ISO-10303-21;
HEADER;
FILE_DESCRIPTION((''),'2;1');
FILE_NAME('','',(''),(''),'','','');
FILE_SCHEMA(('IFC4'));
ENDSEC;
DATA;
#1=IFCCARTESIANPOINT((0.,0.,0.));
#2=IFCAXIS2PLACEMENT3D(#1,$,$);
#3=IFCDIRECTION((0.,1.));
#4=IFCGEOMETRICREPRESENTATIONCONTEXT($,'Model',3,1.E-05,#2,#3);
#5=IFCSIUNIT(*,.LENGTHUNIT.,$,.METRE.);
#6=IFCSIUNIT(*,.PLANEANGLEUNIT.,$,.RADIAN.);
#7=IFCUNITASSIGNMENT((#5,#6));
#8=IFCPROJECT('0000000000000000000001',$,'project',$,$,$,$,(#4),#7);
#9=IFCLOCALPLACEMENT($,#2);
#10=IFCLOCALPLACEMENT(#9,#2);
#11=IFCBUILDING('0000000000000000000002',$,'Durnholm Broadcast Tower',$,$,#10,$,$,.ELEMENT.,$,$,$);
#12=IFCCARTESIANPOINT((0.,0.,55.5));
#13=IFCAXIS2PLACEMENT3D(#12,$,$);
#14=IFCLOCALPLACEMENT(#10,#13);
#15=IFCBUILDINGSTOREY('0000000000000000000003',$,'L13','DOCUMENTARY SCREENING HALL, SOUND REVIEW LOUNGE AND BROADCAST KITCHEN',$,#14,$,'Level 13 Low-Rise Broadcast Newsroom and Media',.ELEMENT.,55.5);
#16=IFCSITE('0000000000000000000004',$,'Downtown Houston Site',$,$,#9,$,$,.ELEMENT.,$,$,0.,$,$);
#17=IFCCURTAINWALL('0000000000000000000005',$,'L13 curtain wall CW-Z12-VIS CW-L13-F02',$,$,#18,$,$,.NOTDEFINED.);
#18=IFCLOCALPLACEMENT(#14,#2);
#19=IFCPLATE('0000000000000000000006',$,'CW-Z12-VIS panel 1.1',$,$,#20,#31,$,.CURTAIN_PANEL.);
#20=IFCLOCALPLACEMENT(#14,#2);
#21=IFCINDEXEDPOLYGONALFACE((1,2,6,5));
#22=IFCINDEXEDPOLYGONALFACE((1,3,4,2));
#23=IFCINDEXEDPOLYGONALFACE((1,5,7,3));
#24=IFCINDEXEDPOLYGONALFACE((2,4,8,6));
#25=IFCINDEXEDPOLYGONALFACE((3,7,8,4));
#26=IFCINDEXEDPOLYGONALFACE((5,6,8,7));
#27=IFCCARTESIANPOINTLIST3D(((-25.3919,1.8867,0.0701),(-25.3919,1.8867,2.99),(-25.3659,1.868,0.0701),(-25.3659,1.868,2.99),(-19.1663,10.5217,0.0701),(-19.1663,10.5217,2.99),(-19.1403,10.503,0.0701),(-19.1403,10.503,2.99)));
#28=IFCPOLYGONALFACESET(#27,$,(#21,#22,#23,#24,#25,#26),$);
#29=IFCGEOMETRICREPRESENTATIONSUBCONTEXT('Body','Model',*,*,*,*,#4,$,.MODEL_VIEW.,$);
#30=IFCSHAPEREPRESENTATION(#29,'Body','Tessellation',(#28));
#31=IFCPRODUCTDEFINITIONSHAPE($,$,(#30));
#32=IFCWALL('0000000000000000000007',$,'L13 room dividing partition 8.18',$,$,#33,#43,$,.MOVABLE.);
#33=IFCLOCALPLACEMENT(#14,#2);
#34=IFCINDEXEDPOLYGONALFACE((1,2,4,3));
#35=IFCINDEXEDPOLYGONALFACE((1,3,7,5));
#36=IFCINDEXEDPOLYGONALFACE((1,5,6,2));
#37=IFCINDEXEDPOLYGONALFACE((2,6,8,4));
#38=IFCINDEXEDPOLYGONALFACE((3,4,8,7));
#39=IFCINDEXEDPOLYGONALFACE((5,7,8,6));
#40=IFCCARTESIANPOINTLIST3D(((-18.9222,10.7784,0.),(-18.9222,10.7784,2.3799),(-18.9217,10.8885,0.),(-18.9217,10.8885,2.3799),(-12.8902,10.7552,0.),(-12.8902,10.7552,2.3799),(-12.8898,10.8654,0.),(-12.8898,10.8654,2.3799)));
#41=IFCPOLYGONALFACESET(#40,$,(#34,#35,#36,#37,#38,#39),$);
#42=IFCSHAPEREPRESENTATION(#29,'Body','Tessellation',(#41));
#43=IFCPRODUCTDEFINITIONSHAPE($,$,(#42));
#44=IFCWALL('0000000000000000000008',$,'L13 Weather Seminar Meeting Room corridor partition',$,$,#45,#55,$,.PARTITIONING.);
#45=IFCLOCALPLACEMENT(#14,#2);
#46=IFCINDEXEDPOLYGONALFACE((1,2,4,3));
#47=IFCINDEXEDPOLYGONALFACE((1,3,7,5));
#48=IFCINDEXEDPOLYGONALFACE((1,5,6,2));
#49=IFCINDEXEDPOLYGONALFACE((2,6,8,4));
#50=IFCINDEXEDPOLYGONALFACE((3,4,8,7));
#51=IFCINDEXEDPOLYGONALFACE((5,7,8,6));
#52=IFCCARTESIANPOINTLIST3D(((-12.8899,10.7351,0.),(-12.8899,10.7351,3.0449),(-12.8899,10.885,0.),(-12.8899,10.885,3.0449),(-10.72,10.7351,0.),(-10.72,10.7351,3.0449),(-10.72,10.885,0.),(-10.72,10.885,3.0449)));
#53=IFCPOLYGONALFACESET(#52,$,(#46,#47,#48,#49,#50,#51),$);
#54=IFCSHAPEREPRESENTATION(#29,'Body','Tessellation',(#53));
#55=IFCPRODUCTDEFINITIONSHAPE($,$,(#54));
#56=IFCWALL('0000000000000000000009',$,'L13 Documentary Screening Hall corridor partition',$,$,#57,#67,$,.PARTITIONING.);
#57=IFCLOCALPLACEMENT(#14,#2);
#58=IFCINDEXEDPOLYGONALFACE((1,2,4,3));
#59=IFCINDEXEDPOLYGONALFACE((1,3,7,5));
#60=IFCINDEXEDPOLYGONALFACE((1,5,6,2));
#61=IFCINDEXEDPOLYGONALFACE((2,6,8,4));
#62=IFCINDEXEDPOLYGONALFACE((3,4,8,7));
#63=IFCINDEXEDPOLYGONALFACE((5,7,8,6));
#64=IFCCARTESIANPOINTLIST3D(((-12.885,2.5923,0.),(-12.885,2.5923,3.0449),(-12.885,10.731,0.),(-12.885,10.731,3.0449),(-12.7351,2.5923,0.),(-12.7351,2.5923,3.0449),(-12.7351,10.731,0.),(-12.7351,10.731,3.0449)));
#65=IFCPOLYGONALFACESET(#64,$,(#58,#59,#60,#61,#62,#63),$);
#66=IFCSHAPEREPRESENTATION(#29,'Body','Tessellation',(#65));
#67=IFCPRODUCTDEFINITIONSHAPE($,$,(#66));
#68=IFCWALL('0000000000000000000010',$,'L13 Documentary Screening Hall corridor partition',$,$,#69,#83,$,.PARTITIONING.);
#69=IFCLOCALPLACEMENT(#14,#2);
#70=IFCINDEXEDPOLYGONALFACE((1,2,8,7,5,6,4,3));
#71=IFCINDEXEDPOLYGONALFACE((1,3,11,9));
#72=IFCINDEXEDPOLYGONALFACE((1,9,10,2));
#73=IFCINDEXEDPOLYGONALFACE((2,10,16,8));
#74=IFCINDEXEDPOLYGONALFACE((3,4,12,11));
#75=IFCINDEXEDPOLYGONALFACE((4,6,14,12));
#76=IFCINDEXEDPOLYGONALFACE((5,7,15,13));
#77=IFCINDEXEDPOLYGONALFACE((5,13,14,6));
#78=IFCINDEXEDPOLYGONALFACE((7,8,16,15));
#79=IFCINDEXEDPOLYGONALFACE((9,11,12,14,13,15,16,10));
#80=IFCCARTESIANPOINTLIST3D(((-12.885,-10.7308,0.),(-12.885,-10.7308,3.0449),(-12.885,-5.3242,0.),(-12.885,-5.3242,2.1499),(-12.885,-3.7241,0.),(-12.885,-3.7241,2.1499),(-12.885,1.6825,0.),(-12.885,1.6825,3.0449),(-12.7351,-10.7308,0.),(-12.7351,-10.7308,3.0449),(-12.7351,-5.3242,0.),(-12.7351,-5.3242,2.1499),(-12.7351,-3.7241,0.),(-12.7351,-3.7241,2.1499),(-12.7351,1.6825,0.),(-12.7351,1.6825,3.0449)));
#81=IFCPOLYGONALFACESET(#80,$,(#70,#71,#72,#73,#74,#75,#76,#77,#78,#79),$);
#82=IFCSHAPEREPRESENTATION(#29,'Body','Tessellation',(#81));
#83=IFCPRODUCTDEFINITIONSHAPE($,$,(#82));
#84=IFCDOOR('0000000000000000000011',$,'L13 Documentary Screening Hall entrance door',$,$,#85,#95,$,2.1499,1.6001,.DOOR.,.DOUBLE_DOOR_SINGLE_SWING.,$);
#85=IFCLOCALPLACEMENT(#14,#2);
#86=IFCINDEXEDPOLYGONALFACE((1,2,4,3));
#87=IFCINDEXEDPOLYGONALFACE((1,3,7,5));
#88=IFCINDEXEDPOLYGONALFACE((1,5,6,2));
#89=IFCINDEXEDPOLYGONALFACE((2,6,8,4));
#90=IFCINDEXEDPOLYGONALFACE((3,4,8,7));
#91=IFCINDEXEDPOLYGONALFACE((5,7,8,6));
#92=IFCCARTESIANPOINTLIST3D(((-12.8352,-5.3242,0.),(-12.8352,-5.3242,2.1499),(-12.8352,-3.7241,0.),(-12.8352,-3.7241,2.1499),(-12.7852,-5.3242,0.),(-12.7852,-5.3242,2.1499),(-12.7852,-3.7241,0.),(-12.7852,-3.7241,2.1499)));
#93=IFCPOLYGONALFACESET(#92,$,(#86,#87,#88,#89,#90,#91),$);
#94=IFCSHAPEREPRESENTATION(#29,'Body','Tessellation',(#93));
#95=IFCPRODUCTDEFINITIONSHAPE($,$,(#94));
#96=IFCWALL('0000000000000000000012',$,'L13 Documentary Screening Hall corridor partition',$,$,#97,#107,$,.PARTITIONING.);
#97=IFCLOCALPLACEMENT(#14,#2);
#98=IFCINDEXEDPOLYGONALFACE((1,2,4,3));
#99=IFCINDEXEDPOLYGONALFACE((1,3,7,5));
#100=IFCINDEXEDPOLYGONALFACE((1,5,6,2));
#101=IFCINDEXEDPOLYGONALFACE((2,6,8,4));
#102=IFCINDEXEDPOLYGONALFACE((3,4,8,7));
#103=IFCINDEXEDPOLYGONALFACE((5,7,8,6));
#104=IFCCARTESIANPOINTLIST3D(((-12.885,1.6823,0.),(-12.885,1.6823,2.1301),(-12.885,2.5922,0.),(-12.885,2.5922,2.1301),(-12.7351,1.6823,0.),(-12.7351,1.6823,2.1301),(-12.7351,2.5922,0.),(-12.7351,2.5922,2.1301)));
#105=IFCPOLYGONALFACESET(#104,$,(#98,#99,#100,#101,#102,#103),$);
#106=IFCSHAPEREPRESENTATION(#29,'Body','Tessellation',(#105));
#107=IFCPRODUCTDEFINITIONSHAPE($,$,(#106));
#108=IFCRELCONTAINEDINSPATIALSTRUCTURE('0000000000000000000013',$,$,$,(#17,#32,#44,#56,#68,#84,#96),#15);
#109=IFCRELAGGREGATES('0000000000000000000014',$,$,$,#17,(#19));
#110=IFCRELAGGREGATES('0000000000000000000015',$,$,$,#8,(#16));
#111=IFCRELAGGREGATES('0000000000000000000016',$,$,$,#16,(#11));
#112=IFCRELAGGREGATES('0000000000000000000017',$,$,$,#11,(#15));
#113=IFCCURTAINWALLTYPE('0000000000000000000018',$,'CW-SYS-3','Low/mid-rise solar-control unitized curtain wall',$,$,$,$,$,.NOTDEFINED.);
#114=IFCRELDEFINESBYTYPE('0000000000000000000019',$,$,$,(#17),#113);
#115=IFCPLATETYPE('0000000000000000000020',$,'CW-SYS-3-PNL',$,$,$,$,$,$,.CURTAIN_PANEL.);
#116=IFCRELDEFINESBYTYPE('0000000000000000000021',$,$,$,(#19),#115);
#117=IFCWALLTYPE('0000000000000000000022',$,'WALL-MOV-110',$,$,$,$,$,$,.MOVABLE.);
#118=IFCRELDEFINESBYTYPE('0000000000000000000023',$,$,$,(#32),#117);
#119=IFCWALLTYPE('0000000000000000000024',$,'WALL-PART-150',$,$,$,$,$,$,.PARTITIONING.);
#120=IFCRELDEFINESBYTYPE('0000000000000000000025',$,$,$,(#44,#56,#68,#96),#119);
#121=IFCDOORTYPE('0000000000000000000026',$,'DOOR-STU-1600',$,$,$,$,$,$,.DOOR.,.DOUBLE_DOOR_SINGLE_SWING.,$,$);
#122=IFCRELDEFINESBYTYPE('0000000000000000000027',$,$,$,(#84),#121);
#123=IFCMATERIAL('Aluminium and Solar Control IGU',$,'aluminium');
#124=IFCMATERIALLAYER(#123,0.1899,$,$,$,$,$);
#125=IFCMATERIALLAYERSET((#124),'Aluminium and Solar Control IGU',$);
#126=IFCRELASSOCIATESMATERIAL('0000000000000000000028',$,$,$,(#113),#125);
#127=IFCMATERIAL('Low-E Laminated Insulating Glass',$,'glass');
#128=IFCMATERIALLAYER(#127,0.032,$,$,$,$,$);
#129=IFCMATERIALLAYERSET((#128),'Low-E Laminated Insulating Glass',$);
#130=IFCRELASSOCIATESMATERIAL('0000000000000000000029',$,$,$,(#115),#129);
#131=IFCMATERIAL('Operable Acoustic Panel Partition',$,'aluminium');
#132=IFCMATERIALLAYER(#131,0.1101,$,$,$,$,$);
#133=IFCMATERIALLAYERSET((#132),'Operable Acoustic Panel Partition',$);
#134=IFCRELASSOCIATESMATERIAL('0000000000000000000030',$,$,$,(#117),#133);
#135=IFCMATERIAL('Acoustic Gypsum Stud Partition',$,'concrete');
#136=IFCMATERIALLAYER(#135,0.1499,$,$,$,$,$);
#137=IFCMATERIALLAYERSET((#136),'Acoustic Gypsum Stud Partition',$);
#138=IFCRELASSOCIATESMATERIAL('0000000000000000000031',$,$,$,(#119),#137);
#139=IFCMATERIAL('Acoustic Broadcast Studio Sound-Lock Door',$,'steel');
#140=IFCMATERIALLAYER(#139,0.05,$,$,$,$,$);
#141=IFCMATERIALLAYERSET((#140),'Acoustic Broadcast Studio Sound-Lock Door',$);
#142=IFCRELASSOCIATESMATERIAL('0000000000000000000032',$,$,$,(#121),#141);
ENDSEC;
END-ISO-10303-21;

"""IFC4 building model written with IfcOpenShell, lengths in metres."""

from ifc_helpers import new_model, si_unit, direction, frame, frame_2d, origin, origin_2d, place, context, subcontext, project, spatial, rectangle, extrude, source, transform, mapped, material, layer, layer_set, type_object, type_shapes, element, fill, aggregate, save


model = new_model("IFC4")

# Units and contexts
model_context = context("Model", 3, precision=1e-05, world=origin(), true_north=direction((0.0, 1.0)))
body_context = subcontext(model_context, "Body", "Model", "MODEL_VIEW")
ifc_project = project(units=[si_unit("LENGTHUNIT", "METRE"), si_unit("PLANEANGLEUNIT", "RADIAN")], contexts=[model_context])

# Site, building, storey
site_placement = place(None, origin())
site = spatial("IfcSite", under=ifc_project, at=site_placement, Name="Downtown Houston Site", CompositionType="ELEMENT", RefElevation=0.0)
building_placement = place(site_placement, origin())
building = spatial("IfcBuilding", under=site, at=building_placement, Name="Durnholm Broadcast Tower", CompositionType="ELEMENT")
storey_placement = place(building_placement, frame((0.0, 0.0, 55.5)))
storey = spatial("IfcBuildingStorey", under=building, at=storey_placement, Name="L13", Description="DOCUMENTARY SCREENING HALL, SOUND REVIEW LOUNGE AND BROADCAST KITCHEN", LongName="Level 13 Low-Rise Broadcast Newsroom and Media", CompositionType="ELEMENT", Elevation=55.5)

# Shared definitions
ifc_material_1 = material(Name="Aluminium and Solar Control IGU", Category="aluminium")

# Curtain wall
ifc_layer_1 = layer(ifc_material_1, 0.1899)
ifc_layer_set_1 = layer_set([ifc_layer_1], Name="Aluminium and Solar Control IGU")
curtain_wall_type_1 = type_object("IfcCurtainWallType", Name="CW-SYS-3", Description="Low/mid-rise solar-control unitized curtain wall", PredefinedType="NOTDEFINED", material=ifc_layer_set_1)
curtain_wall_1_placement = place(storey_placement, origin())
curtain_wall_1 = element("IfcCurtainWall", 1, at=curtain_wall_1_placement, inside=storey, type_object=curtain_wall_type_1, Name="L13 curtain wall CW-Z12-VIS CW-L13-F02", PredefinedType="NOTDEFINED")

# Plate
ifc_material_2 = material(Name="Low-E Laminated Insulating Glass", Category="glass")
ifc_layer_2 = layer(ifc_material_2, 0.032)
ifc_layer_set_2 = layer_set([ifc_layer_2], Name="Low-E Laminated Insulating Glass")
plate_type_1 = type_object("IfcPlateType", Name="CW-SYS-3-PNL", PredefinedType="CURTAIN_PANEL", material=ifc_layer_set_2)
shared_shape_1 = source(origin(), body_context, "Body", "SweptSolid", [
    extrude(rectangle(XDim=10.6453, YDim=0.032, at=origin_2d()), origin(), (0.0, 0.0, 1.0), 2.9199),
])
type_shapes(plate_type_1, [shared_shape_1])
plate_1_placement = place(storey_placement, frame((-22.2661, 6.1948, 0.0701), z_axis=(0.0, 0.0, 1.0), x_axis=(0.584823, 0.811161, 0.0)))
plate_1 = element("IfcPlate", 2, at=plate_1_placement, type_object=plate_type_1, Name="CW-Z12-VIS panel 1.1", PredefinedType="CURTAIN_PANEL", context=body_context, shape_type="MappedRepresentation", body=[
    mapped(shared_shape_1, transform((0.0, 0.0, 0.0), x_axis=(1.0, 0.0, 0.0), y_axis=(0.0, 1.0, 0.0), z_axis=(0.0, 0.0, 1.0), scale=1.0)),
])
aggregate(curtain_wall_1, [plate_1])

# Walls
ifc_material_3 = material(Name="Operable Acoustic Panel Partition", Category="aluminium")
ifc_layer_3 = layer(ifc_material_3, 0.1101)
ifc_layer_set_3 = layer_set([ifc_layer_3], Name="Operable Acoustic Panel Partition")
wall_type_1 = type_object("IfcWallType", Name="WALL-MOV-110", PredefinedType="MOVABLE", material=ifc_layer_set_3)
wall_1_placement = place(storey_placement, frame((-12.8899, 10.8103, 0.0), z_axis=(0.0, 0.0, 1.0), x_axis=(-0.999993, 0.003845, 0.0)))
element("IfcWall", 3, at=wall_1_placement, inside=storey, type_object=wall_type_1, Name="L13 room dividing partition 8.18", PredefinedType="MOVABLE", context=body_context, shape_type="SweptSolid", body=[
    extrude(rectangle(XDim=6.032, YDim=0.1101, at=frame_2d((3.0161, 0.0))), origin(), (0.0, 0.0, 1.0), 2.3799),
])
ifc_material_4 = material(Name="Acoustic Gypsum Stud Partition", Category="concrete")
ifc_layer_4 = layer(ifc_material_4, 0.1499)
ifc_layer_set_4 = layer_set([ifc_layer_4], Name="Acoustic Gypsum Stud Partition")
wall_type_2 = type_object("IfcWallType", Name="WALL-PART-150", PredefinedType="PARTITIONING", material=ifc_layer_set_4)
wall_2_placement = place(storey_placement, frame((-10.72, 10.8101, 0.0), z_axis=(0.0, 0.0, 1.0), x_axis=(-1.0, 0.0, 0.0)))
element("IfcWall", 4, at=wall_2_placement, inside=storey, type_object=wall_type_2, Name="L13 Weather Seminar Meeting Room corridor partition", PredefinedType="PARTITIONING", context=body_context, shape_type="SweptSolid", body=[
    extrude(rectangle(XDim=2.1699, YDim=0.1499, at=frame_2d((1.085, 0.0))), origin(), (0.0, 0.0, 1.0), 3.0449),
])
wall_3_placement = place(storey_placement, frame((-12.8101, 10.731, 0.0), z_axis=(0.0, 0.0, 1.0), x_axis=(0.0, -1.0, 0.0)))
element("IfcWall", 5, at=wall_3_placement, inside=storey, type_object=wall_type_2, Name="L13 Documentary Screening Hall corridor partition", PredefinedType="PARTITIONING", context=body_context, shape_type="SweptSolid", body=[
    extrude(rectangle(XDim=8.1387, YDim=0.1499, at=frame_2d((4.0693, 0.0))), origin(), (0.0, 0.0, 1.0), 3.0449),
])

# Wall, opening, door
wall_4_placement = place(storey_placement, frame((-12.8101, 1.6824, 0.0), z_axis=(0.0, 0.0, 1.0), x_axis=(0.0, -1.0, 0.0)))
wall_4 = element("IfcWall", 6, at=wall_4_placement, inside=storey, type_object=wall_type_2, Name="L13 Documentary Screening Hall corridor partition", PredefinedType="PARTITIONING", context=body_context, shape_type="SweptSolid", body=[
    extrude(rectangle(XDim=12.4133, YDim=0.1499, at=frame_2d((6.2065, 0.0))), origin(), (0.0, 0.0, 1.0), 3.0449),
])
opening_placement = place(wall_4_placement, frame((5.4065, 0.0, 0.0)))
opening = element("IfcOpeningElement", 7, at=opening_placement, cuts=wall_4, PredefinedType="OPENING", context=body_context, shape_type="SweptSolid", body=[
    extrude(rectangle(XDim=1.6001, YDim=2.1499, at=frame_2d((0.8, 1.075))), frame((0.0, 0.085, 0.0), z_axis=(0.0, -1.0, 0.0), x_axis=(1.0, 0.0, 0.0)), (0.0, 0.0, 1.0), 0.1699),
])
ifc_material_5 = material(Name="Acoustic Broadcast Studio Sound-Lock Door", Category="steel")
ifc_layer_5 = layer(ifc_material_5, 0.05)
ifc_layer_set_5 = layer_set([ifc_layer_5], Name="Acoustic Broadcast Studio Sound-Lock Door")
door_type = type_object("IfcDoorType", Name="DOOR-STU-1600", OperationType="DOUBLE_DOOR_SINGLE_SWING", PredefinedType="DOOR", material=ifc_layer_set_5)
shared_shape_2 = source(origin(), body_context, "Body", "SweptSolid", [
    extrude(rectangle(XDim=1.6001, YDim=2.1499, at=frame_2d((0.8, 1.075))), frame((0.0, 0.0249, 0.0), z_axis=(0.0, -1.0, 0.0), x_axis=(1.0, 0.0, 0.0)), (0.0, 0.0, 1.0), 0.05),
])
type_shapes(door_type, [shared_shape_2])
door_placement = place(opening_placement, origin())
door = element("IfcDoor", 8, at=door_placement, inside=storey, type_object=door_type, Name="L13 Documentary Screening Hall entrance door", OperationType="DOUBLE_DOOR_SINGLE_SWING", OverallHeight=2.1499, OverallWidth=1.6001, PredefinedType="DOOR", context=body_context, shape_type="MappedRepresentation", body=[
    mapped(shared_shape_2, transform((0.0, 0.0, 0.0), x_axis=(1.0, 0.0, 0.0), y_axis=(0.0, 1.0, 0.0), z_axis=(0.0, 0.0, 1.0), scale=1.0)),
])
fill(opening, door)

# Wall
wall_5_placement = place(storey_placement, frame((-12.8101, 2.5923, 0.0), z_axis=(0.0, 0.0, 1.0), x_axis=(0.0, -1.0, 0.0)))
element("IfcWall", 9, at=wall_5_placement, inside=storey, type_object=wall_type_2, Name="L13 Documentary Screening Hall corridor partition", PredefinedType="PARTITIONING", context=body_context, shape_type="SweptSolid", body=[
    extrude(rectangle(XDim=0.9099, YDim=0.1499, at=frame_2d((0.4551, 0.0))), origin(), (0.0, 0.0, 1.0), 2.1301),
])

save(model, "model.ifc")
